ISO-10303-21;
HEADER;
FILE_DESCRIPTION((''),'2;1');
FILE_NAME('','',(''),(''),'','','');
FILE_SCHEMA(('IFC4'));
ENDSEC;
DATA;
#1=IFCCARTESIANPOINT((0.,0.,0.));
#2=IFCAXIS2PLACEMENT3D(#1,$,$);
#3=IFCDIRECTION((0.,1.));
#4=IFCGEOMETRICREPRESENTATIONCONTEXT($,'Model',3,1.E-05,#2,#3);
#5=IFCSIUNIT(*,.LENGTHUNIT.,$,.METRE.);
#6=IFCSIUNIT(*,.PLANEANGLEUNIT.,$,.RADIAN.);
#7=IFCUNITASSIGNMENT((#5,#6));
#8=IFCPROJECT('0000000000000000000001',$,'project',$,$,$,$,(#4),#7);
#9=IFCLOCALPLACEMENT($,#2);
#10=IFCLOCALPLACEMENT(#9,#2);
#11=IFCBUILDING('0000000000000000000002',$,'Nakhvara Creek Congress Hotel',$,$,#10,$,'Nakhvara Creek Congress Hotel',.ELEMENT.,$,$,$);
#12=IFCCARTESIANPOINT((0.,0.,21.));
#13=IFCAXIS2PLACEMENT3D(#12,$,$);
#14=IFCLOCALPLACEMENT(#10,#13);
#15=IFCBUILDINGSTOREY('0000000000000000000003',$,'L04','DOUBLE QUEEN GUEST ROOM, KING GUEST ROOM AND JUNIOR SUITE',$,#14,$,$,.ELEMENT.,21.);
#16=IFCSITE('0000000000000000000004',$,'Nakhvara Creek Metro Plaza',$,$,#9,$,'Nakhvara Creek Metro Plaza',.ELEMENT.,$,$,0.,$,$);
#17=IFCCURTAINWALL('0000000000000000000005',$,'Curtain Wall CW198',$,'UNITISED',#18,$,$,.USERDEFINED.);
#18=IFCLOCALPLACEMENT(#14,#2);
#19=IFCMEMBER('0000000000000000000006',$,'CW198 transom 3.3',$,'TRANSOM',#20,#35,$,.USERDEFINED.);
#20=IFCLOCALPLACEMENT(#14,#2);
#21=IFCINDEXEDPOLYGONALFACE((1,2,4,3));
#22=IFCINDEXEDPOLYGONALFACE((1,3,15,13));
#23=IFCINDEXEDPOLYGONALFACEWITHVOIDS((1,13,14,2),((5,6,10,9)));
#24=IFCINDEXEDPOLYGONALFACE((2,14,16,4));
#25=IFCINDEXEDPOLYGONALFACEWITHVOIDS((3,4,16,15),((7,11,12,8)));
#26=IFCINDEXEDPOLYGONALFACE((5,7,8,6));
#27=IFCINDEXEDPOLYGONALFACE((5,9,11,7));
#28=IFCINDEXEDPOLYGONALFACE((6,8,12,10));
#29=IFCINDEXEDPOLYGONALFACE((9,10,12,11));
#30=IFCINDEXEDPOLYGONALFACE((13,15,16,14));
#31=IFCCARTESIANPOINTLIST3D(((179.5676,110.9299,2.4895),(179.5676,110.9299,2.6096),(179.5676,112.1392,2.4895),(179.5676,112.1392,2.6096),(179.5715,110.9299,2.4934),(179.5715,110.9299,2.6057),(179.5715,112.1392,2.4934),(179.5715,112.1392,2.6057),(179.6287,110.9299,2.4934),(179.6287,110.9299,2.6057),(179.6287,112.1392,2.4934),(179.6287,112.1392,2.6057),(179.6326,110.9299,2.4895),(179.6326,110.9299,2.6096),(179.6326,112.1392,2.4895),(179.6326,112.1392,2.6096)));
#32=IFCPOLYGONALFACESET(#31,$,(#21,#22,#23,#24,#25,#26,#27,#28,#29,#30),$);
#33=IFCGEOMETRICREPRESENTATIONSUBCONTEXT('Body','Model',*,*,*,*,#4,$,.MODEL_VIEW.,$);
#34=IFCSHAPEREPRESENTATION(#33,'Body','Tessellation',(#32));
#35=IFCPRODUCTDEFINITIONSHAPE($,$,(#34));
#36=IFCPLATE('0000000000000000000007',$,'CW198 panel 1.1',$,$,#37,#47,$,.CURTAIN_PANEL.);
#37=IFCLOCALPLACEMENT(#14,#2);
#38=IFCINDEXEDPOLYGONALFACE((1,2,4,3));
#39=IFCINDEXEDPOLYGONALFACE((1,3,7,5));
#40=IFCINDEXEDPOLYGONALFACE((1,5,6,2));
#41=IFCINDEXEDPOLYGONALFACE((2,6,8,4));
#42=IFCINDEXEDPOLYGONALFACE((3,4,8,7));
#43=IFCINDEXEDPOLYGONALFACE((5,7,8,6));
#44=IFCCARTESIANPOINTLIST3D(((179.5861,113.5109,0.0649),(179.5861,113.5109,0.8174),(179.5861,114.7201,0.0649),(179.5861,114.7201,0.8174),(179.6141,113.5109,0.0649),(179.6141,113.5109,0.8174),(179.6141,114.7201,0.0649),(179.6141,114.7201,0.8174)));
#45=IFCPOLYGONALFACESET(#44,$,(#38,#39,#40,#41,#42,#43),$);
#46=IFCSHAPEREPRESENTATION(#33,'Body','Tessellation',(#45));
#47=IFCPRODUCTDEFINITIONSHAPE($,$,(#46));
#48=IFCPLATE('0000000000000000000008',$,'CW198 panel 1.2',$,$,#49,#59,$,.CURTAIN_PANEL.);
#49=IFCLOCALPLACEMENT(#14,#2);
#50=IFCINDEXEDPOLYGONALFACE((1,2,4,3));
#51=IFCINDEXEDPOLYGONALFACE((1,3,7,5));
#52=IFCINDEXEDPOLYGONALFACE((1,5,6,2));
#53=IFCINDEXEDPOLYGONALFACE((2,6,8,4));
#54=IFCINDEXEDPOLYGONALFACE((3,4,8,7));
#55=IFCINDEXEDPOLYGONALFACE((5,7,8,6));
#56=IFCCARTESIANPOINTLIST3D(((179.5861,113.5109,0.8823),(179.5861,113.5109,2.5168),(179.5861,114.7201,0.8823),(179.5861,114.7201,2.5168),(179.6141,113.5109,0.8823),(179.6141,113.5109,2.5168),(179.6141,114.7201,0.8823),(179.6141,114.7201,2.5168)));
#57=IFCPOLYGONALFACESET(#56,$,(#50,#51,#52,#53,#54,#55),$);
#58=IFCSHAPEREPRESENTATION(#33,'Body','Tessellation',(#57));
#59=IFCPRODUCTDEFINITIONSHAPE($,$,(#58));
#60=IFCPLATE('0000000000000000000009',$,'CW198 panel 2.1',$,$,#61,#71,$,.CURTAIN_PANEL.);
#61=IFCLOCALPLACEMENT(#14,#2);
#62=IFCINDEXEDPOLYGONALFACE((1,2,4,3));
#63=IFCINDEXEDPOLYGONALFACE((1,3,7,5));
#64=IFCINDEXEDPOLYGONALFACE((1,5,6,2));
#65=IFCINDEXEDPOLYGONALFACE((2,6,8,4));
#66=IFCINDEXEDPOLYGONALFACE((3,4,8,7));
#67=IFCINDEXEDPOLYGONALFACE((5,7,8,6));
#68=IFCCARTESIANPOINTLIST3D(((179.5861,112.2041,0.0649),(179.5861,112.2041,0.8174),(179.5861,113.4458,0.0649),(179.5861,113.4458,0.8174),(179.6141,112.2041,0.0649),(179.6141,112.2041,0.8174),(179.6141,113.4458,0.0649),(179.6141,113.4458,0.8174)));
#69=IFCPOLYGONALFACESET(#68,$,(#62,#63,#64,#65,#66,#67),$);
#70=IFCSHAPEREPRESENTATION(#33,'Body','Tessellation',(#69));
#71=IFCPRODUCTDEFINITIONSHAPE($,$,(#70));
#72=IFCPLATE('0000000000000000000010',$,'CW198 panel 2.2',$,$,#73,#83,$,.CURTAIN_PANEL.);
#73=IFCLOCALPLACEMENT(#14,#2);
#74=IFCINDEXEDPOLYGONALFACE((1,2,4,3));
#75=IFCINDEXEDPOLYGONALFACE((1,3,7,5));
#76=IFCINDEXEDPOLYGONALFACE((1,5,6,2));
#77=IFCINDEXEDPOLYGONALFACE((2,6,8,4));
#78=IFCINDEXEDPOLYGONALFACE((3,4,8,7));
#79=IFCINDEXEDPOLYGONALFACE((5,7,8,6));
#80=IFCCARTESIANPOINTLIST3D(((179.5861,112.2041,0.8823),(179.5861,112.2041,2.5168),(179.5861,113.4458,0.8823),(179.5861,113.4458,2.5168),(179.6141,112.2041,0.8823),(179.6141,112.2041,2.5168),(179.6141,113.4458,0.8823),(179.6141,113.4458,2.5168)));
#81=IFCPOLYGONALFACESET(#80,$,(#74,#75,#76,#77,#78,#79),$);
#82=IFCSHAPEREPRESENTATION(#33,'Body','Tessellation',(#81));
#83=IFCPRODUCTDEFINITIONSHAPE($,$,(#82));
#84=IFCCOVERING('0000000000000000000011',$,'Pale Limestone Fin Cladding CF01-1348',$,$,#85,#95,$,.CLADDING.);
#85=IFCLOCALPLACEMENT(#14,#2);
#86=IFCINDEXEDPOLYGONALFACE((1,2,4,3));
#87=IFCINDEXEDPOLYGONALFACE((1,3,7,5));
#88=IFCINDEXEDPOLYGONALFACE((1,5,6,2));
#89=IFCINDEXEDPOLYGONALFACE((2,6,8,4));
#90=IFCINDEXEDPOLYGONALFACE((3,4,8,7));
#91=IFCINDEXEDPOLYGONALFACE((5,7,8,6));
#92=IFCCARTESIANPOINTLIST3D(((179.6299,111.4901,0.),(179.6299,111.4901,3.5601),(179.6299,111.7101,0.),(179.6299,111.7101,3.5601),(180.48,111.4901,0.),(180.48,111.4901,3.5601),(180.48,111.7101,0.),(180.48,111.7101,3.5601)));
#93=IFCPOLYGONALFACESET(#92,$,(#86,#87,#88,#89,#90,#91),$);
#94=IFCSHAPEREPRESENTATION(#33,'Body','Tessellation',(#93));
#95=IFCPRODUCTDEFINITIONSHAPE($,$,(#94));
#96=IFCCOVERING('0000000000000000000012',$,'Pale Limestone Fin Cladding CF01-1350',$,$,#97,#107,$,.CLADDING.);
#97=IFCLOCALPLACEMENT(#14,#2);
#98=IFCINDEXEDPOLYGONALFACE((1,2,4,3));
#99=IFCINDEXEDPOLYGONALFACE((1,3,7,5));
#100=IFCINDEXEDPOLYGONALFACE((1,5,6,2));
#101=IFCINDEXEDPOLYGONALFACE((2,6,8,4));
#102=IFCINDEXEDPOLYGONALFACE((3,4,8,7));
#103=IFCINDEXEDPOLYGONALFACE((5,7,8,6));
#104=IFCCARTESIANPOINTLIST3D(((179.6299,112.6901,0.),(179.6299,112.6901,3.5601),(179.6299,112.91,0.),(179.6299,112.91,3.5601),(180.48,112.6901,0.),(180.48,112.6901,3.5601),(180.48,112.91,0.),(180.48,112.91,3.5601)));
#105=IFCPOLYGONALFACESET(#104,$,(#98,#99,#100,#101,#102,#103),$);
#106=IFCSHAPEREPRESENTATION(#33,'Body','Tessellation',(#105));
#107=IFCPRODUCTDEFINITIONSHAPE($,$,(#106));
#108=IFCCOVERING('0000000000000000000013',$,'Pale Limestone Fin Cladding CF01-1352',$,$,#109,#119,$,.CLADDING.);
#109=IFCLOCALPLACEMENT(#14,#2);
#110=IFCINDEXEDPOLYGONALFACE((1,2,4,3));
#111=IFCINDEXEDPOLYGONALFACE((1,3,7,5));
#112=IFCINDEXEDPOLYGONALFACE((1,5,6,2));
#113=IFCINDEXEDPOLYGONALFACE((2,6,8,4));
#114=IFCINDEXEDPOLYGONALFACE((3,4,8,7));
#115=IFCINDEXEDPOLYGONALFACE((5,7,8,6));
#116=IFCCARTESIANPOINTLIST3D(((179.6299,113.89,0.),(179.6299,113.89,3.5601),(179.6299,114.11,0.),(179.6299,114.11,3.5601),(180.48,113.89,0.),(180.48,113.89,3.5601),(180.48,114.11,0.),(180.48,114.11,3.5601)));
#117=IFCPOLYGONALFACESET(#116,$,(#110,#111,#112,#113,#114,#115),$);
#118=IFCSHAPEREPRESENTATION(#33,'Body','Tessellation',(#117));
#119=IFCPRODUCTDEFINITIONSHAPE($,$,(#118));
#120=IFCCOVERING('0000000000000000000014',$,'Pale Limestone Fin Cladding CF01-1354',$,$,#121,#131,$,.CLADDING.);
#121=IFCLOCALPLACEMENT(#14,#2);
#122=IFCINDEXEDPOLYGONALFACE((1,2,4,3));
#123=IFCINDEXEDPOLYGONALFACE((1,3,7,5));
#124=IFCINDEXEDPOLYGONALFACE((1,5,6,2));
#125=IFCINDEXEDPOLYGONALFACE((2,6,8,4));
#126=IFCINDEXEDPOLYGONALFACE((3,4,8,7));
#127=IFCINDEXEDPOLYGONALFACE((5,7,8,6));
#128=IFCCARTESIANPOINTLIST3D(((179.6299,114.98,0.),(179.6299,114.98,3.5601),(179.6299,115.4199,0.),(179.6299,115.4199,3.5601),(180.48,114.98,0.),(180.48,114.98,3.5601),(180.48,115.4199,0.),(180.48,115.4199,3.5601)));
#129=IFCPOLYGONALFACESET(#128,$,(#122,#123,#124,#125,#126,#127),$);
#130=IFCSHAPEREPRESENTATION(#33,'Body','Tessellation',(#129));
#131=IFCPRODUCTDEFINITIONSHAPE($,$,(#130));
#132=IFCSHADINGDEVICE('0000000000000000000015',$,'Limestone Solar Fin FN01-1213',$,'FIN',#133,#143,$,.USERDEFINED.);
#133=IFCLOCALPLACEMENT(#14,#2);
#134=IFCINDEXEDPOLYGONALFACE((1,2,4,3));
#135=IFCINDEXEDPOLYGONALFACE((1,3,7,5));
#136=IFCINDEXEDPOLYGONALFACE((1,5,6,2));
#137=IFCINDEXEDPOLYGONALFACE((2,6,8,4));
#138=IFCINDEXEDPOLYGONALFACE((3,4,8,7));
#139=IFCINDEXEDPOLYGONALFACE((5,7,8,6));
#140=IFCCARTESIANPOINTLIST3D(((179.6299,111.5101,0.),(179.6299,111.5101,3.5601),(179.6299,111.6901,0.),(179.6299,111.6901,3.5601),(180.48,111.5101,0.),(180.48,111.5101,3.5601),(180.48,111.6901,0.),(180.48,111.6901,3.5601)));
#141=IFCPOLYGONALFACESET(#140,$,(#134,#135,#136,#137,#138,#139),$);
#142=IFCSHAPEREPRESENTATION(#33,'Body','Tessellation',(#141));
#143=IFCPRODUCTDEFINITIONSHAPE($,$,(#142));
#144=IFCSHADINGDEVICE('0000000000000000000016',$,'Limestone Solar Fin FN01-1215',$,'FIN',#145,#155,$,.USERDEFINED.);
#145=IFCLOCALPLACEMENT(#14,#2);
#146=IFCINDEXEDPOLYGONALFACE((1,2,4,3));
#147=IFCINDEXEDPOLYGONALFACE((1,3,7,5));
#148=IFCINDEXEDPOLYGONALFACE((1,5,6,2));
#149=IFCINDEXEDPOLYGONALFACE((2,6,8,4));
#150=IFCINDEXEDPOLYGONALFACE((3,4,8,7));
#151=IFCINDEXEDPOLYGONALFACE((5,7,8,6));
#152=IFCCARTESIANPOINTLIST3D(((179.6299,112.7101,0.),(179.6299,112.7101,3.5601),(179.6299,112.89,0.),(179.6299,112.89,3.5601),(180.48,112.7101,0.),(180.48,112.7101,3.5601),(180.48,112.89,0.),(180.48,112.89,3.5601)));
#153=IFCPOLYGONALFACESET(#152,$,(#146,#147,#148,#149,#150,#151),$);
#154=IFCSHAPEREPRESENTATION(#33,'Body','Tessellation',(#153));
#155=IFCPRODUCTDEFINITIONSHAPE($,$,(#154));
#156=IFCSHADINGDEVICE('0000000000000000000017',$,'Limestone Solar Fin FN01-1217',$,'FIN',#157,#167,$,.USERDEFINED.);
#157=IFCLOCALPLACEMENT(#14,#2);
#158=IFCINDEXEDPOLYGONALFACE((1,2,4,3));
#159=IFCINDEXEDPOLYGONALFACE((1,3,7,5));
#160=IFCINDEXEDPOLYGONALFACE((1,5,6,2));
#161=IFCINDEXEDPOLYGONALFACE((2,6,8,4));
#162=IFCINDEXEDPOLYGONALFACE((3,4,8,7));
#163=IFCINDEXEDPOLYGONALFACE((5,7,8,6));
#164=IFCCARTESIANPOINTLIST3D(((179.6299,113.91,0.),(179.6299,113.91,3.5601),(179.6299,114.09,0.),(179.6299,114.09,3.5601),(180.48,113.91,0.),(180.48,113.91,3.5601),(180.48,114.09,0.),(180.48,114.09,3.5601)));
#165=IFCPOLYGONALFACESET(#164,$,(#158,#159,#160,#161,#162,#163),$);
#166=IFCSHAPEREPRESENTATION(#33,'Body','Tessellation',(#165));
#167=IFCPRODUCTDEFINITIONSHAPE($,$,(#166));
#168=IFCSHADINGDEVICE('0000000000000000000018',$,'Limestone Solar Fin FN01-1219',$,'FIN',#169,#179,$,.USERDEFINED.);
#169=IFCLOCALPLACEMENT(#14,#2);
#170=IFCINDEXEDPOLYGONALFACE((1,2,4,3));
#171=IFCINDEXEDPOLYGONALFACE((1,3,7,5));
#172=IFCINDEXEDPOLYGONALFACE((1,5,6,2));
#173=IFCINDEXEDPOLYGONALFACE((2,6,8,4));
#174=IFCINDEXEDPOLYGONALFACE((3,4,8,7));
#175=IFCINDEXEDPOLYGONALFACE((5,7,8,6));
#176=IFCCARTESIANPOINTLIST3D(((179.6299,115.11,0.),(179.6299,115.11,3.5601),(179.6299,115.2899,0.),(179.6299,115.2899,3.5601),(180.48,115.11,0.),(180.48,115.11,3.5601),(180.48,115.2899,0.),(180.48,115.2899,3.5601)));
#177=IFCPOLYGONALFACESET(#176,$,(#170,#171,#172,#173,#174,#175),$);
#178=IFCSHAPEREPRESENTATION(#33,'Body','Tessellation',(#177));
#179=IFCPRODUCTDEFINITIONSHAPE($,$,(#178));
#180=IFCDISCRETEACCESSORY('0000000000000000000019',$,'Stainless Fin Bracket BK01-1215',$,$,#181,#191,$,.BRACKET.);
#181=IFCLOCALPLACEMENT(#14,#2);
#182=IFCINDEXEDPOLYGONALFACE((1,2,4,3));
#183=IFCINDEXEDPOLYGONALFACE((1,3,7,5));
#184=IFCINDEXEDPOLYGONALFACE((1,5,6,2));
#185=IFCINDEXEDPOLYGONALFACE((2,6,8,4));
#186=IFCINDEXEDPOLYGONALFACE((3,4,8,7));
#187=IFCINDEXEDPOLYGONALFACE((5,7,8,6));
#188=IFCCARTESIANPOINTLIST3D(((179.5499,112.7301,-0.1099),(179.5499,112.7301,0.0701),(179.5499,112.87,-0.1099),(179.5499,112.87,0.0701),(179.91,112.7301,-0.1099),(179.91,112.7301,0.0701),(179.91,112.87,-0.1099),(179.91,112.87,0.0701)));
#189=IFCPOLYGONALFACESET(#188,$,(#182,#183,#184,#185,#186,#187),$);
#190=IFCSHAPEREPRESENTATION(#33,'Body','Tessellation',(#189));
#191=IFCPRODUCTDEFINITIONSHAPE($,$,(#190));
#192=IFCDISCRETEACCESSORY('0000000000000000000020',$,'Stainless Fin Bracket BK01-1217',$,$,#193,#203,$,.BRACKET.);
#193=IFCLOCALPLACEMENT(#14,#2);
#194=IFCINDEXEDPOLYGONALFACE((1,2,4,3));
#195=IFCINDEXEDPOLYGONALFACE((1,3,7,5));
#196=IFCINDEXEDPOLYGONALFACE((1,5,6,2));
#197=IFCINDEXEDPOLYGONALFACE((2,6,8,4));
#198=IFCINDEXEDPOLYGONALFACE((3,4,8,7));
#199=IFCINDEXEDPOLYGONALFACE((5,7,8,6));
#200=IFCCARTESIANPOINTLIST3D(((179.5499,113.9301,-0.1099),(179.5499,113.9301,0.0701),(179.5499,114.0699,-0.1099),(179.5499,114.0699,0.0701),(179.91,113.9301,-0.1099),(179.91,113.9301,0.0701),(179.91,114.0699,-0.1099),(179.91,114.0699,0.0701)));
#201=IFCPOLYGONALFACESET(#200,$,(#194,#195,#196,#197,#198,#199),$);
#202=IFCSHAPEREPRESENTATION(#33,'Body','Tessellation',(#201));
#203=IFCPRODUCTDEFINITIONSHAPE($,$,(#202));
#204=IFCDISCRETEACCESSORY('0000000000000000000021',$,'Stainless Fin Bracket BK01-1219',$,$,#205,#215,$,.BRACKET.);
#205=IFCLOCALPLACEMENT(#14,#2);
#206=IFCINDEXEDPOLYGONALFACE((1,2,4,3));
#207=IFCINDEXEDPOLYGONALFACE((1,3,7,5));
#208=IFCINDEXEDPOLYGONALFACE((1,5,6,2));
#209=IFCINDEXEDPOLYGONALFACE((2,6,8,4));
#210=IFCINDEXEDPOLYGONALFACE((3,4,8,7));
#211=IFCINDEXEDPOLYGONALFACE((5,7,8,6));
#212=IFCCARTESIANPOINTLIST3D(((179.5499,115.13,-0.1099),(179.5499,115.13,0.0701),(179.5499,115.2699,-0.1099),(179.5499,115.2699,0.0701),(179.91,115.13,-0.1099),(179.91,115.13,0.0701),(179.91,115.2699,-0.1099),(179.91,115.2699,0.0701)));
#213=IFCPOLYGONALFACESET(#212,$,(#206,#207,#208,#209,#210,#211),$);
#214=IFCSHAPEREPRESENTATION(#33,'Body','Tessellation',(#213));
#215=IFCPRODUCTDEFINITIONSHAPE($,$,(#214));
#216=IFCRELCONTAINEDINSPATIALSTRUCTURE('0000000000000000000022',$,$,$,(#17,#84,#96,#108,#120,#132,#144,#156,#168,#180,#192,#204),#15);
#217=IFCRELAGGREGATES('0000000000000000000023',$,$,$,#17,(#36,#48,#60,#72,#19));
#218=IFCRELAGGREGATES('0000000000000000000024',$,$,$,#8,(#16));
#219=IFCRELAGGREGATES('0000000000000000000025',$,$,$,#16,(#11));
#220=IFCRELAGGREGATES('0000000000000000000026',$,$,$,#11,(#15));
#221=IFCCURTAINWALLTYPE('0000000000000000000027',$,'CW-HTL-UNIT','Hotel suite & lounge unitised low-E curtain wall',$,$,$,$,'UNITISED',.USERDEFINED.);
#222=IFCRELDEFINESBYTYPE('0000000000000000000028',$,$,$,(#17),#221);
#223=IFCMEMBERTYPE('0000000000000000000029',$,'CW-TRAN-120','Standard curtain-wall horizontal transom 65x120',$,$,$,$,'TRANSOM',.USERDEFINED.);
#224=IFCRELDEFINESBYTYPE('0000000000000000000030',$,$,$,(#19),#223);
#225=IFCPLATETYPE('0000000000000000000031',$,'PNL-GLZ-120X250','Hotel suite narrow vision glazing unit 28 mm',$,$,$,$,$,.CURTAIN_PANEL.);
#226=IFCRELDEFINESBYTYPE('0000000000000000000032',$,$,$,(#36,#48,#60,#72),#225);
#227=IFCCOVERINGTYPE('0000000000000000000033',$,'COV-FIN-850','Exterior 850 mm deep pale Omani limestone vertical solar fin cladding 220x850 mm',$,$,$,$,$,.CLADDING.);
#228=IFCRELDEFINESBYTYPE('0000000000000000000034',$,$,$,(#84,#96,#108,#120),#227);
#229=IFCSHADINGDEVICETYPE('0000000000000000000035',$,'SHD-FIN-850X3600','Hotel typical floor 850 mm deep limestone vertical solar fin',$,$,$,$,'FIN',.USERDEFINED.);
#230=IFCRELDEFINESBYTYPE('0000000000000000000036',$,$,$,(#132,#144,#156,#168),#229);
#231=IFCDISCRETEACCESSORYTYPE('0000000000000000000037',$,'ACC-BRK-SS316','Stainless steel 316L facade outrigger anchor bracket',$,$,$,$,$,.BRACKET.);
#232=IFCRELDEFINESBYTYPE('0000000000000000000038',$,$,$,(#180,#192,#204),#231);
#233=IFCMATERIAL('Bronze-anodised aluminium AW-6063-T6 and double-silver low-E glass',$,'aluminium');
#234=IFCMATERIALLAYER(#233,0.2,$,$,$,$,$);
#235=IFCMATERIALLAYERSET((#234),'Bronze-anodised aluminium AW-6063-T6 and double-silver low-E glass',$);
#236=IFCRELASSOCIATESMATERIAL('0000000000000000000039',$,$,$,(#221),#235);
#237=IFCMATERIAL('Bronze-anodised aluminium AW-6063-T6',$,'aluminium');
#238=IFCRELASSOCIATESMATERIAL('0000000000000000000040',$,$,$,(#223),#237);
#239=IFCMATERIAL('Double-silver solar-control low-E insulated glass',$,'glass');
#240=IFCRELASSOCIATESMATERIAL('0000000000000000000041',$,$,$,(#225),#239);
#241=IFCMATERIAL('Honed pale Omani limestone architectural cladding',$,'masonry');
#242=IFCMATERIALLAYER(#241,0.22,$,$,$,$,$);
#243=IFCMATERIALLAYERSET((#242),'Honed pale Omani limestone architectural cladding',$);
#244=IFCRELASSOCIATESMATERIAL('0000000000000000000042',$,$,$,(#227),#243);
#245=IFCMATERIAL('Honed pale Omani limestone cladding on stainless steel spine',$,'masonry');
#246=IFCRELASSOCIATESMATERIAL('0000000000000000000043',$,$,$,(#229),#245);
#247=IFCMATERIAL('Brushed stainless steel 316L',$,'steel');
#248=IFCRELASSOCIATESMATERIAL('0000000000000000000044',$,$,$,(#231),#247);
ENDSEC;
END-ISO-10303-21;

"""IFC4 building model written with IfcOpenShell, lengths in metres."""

from ifc_helpers import new_model, si_unit, direction, frame, origin, origin_2d, place, context, subcontext, project, spatial, rectangle, hollow_rectangle, extrude, material, layer, layer_set, material_profile, profile_set, type_object, element, aggregate, save


model = new_model("IFC4")

# Units and contexts
model_context = context("Model", 3, precision=1e-05, world=origin(), true_north=direction((0.0, 1.0)))
body_context = subcontext(model_context, "Body", "Model", "MODEL_VIEW")
ifc_project = project(units=[si_unit("LENGTHUNIT", "METRE"), si_unit("PLANEANGLEUNIT", "RADIAN")], contexts=[model_context])

# Site, building, storey
site_placement = place(None, origin())
site = spatial("IfcSite", under=ifc_project, at=site_placement, Name="Nakhvara Creek Metro Plaza", LongName="Nakhvara Creek Metro Plaza", CompositionType="ELEMENT", RefElevation=0.0)
building_placement = place(site_placement, origin())
building = spatial("IfcBuilding", under=site, at=building_placement, Name="Nakhvara Creek Congress Hotel", LongName="Nakhvara Creek Congress Hotel", CompositionType="ELEMENT")
storey_placement = place(building_placement, frame((0.0, 0.0, 21.0)))
storey = spatial("IfcBuildingStorey", under=building, at=storey_placement, Name="L04", Description="DOUBLE QUEEN GUEST ROOM, KING GUEST ROOM AND JUNIOR SUITE", CompositionType="ELEMENT", Elevation=21.0)

# Curtain wall, member, plates
ifc_material_1 = material(Name="Bronze-anodised aluminium AW-6063-T6 and double-silver low-E glass", Category="aluminium")
ifc_layer_1 = layer(ifc_material_1, 0.2)
ifc_layer_set_1 = layer_set([ifc_layer_1], Name="Bronze-anodised aluminium AW-6063-T6 and double-silver low-E glass")
curtain_wall_type = type_object("IfcCurtainWallType", Name="CW-HTL-UNIT", Description="Hotel suite & lounge unitised low-E curtain wall", ElementType="UNITISED", PredefinedType="USERDEFINED", material=ifc_layer_set_1)
curtain_wall_placement = place(storey_placement, origin())
curtain_wall = element("IfcCurtainWall", 1, at=curtain_wall_placement, inside=storey, type_object=curtain_wall_type, Name="Curtain Wall CW198", ObjectType="UNITISED", PredefinedType="USERDEFINED")
ifc_material_2 = material(Name="Bronze-anodised aluminium AW-6063-T6", Category="aluminium")
ifc_material_profile_1 = material_profile(ifc_material_2, hollow_rectangle(XDim=0.0649, YDim=0.1201, WallThickness=0.0039, at=origin_2d()), Name="ALU-TRAN 65x120x4", Category="LoadBearing")
ifc_profile_set_1 = profile_set([ifc_material_profile_1], Name="Bronze-anodised aluminium AW-6063-T6")
member_type_1 = type_object("IfcMemberType", Name="CW-TRAN-120", Description="Standard curtain-wall horizontal transom 65x120", ElementType="TRANSOM", PredefinedType="USERDEFINED", material=ifc_profile_set_1)
member_1_placement = place(storey_placement, frame((179.6001, 112.1392, 2.5496), z_axis=(0.0, -1.0, 0.0), x_axis=(1.0, 0.0, 0.0)))
member_1 = element("IfcMember", 2, at=member_1_placement, type_object=member_type_1, Name="CW198 transom 3.3", ObjectType="TRANSOM", PredefinedType="USERDEFINED", context=body_context, shape_type="SweptSolid", body=[
    extrude(hollow_rectangle(XDim=0.0649, YDim=0.1201, WallThickness=0.0039, at=origin_2d()), origin(), (0.0, 0.0, 1.0), 1.2092),
])
ifc_material_3 = material(Name="Double-silver solar-control low-E insulated glass", Category="glass")
plate_type = type_object("IfcPlateType", Name="PNL-GLZ-120X250", Description="Hotel suite narrow vision glazing unit 28 mm", PredefinedType="CURTAIN_PANEL", material=ifc_material_3)
plate_1_placement = place(storey_placement, frame((179.6001, 114.1155, 0.0649), z_axis=(0.0, 0.0, 1.0), x_axis=(0.0, -1.0, 0.0)))
plate_1 = element("IfcPlate", 3, at=plate_1_placement, type_object=plate_type, Name="CW198 panel 1.1", PredefinedType="CURTAIN_PANEL", context=body_context, shape_type="SweptSolid", body=[
    extrude(rectangle(XDim=1.2092, YDim=0.0281, at=origin_2d()), origin(), (0.0, 0.0, 1.0), 0.7524),
])
plate_2_placement = place(storey_placement, frame((179.6001, 114.1155, 0.8823), z_axis=(0.0, 0.0, 1.0), x_axis=(0.0, -1.0, 0.0)))
plate_2 = element("IfcPlate", 4, at=plate_2_placement, type_object=plate_type, Name="CW198 panel 1.2", PredefinedType="CURTAIN_PANEL", context=body_context, shape_type="SweptSolid", body=[
    extrude(rectangle(XDim=1.2092, YDim=0.0281, at=origin_2d()), origin(), (0.0, 0.0, 1.0), 1.6345),
])
plate_3_placement = place(storey_placement, frame((179.6001, 112.825, 0.0649), z_axis=(0.0, 0.0, 1.0), x_axis=(0.0, -1.0, 0.0)))
plate_3 = element("IfcPlate", 5, at=plate_3_placement, type_object=plate_type, Name="CW198 panel 2.1", PredefinedType="CURTAIN_PANEL", context=body_context, shape_type="SweptSolid", body=[
    extrude(rectangle(XDim=1.2417, YDim=0.0281, at=origin_2d()), origin(), (0.0, 0.0, 1.0), 0.7524),
])
plate_4_placement = place(storey_placement, frame((179.6001, 112.825, 0.8823), z_axis=(0.0, 0.0, 1.0), x_axis=(0.0, -1.0, 0.0)))
plate_4 = element("IfcPlate", 6, at=plate_4_placement, type_object=plate_type, Name="CW198 panel 2.2", PredefinedType="CURTAIN_PANEL", context=body_context, shape_type="SweptSolid", body=[
    extrude(rectangle(XDim=1.2417, YDim=0.0281, at=origin_2d()), origin(), (0.0, 0.0, 1.0), 1.6345),
])
aggregate(curtain_wall, [plate_1, plate_2, plate_3, plate_4, member_1])

# Coverings
ifc_material_4 = material(Name="Honed pale Omani limestone architectural cladding", Category="masonry")
ifc_layer_2 = layer(ifc_material_4, 0.22)
ifc_layer_set_2 = layer_set([ifc_layer_2], Name="Honed pale Omani limestone architectural cladding")
covering_type = type_object("IfcCoveringType", Name="COV-FIN-850", Description="Exterior 850 mm deep pale Omani limestone vertical solar fin cladding 220x850 mm", PredefinedType="CLADDING", material=ifc_layer_set_2)
for number, where, z_axis, x_axis, name in (
    (7, (180.0549, 111.6001, 0.0), (0.0, 0.0, 1.0), (0.0, 1.0, 0.0), "Pale Limestone Fin Cladding CF01-1348"),
    (8, (180.0549, 112.8, 0.0), (0.0, 0.0, 1.0), (0.0, 1.0, 0.0), "Pale Limestone Fin Cladding CF01-1350"),
    (9, (180.0549, 114.0, 0.0), (0.0, 0.0, 1.0), (0.0, 1.0, 0.0), "Pale Limestone Fin Cladding CF01-1352"),
):
    element("IfcCovering", number, at=place(storey_placement, frame(where, z_axis=z_axis, x_axis=x_axis)), inside=storey, type_object=covering_type, Name=name, PredefinedType="CLADDING", context=body_context, shape_type="SweptSolid", body=[
        extrude(rectangle(XDim=0.22, YDim=0.8501, at=origin_2d()), origin(), (0.0, 0.0, 1.0), 3.5601),
    ])
covering_placement = place(storey_placement, frame((180.0549, 115.2, 0.0), z_axis=(0.0, 0.0, 1.0), x_axis=(0.0, 1.0, 0.0)))
element("IfcCovering", 10, at=covering_placement, inside=storey, type_object=covering_type, Name="Pale Limestone Fin Cladding CF01-1354", PredefinedType="CLADDING", context=body_context, shape_type="SweptSolid", body=[
    extrude(rectangle(XDim=0.4399, YDim=0.8501, at=origin_2d()), origin(), (0.0, 0.0, 1.0), 3.5601),
])

# Shading devices
ifc_material_5 = material(Name="Honed pale Omani limestone cladding on stainless steel spine", Category="masonry")
shading_device_type = type_object("IfcShadingDeviceType", Name="SHD-FIN-850X3600", Description="Hotel typical floor 850 mm deep limestone vertical solar fin", ElementType="FIN", PredefinedType="USERDEFINED", material=ifc_material_5)
for number, where, z_axis, x_axis, name in (
    (11, (180.0549, 111.6001, 0.0), (0.0, 0.0, 1.0), (0.0, 1.0, 0.0), "Limestone Solar Fin FN01-1213"),
    (12, (180.0549, 112.8, 0.0), (0.0, 0.0, 1.0), (0.0, 1.0, 0.0), "Limestone Solar Fin FN01-1215"),
    (13, (180.0549, 114.0, 0.0), (0.0, 0.0, 1.0), (0.0, 1.0, 0.0), "Limestone Solar Fin FN01-1217"),
    (14, (180.0549, 115.2, 0.0), (0.0, 0.0, 1.0), (0.0, 1.0, 0.0), "Limestone Solar Fin FN01-1219"),
):
    element("IfcShadingDevice", number, at=place(storey_placement, frame(where, z_axis=z_axis, x_axis=x_axis)), inside=storey, type_object=shading_device_type, Name=name, ObjectType="FIN", PredefinedType="USERDEFINED", context=body_context, shape_type="SweptSolid", body=[
        extrude(rectangle(XDim=0.1799, YDim=0.8501, at=origin_2d()), origin(), (0.0, 0.0, 1.0), 3.5601),
    ])

# Discrete accessories
ifc_material_6 = material(Name="Brushed stainless steel 316L", Category="steel")
discrete_accessory_type = type_object("IfcDiscreteAccessoryType", Name="ACC-BRK-SS316", Description="Stainless steel 316L facade outrigger anchor bracket", PredefinedType="BRACKET", material=ifc_material_6)
for number, where, z_axis, x_axis, name in (
    (15, (179.73, 112.8, -0.1099), (0.0, 0.0, 1.0), (0.0, 1.0, 0.0), "Stainless Fin Bracket BK01-1215"),
    (16, (179.73, 114.0, -0.1099), (0.0, 0.0, 1.0), (0.0, 1.0, 0.0), "Stainless Fin Bracket BK01-1217"),
    (17, (179.73, 115.2, -0.1099), (0.0, 0.0, 1.0), (0.0, 1.0, 0.0), "Stainless Fin Bracket BK01-1219"),
):
    element("IfcDiscreteAccessory", number, at=place(storey_placement, frame(where, z_axis=z_axis, x_axis=x_axis)), inside=storey, type_object=discrete_accessory_type, Name=name, PredefinedType="BRACKET", context=body_context, shape_type="SweptSolid", body=[
        extrude(rectangle(XDim=0.1399, YDim=0.3601, at=origin_2d()), origin(), (0.0, 0.0, 1.0), 0.1799),
    ])

save(model, "model.ifc")
